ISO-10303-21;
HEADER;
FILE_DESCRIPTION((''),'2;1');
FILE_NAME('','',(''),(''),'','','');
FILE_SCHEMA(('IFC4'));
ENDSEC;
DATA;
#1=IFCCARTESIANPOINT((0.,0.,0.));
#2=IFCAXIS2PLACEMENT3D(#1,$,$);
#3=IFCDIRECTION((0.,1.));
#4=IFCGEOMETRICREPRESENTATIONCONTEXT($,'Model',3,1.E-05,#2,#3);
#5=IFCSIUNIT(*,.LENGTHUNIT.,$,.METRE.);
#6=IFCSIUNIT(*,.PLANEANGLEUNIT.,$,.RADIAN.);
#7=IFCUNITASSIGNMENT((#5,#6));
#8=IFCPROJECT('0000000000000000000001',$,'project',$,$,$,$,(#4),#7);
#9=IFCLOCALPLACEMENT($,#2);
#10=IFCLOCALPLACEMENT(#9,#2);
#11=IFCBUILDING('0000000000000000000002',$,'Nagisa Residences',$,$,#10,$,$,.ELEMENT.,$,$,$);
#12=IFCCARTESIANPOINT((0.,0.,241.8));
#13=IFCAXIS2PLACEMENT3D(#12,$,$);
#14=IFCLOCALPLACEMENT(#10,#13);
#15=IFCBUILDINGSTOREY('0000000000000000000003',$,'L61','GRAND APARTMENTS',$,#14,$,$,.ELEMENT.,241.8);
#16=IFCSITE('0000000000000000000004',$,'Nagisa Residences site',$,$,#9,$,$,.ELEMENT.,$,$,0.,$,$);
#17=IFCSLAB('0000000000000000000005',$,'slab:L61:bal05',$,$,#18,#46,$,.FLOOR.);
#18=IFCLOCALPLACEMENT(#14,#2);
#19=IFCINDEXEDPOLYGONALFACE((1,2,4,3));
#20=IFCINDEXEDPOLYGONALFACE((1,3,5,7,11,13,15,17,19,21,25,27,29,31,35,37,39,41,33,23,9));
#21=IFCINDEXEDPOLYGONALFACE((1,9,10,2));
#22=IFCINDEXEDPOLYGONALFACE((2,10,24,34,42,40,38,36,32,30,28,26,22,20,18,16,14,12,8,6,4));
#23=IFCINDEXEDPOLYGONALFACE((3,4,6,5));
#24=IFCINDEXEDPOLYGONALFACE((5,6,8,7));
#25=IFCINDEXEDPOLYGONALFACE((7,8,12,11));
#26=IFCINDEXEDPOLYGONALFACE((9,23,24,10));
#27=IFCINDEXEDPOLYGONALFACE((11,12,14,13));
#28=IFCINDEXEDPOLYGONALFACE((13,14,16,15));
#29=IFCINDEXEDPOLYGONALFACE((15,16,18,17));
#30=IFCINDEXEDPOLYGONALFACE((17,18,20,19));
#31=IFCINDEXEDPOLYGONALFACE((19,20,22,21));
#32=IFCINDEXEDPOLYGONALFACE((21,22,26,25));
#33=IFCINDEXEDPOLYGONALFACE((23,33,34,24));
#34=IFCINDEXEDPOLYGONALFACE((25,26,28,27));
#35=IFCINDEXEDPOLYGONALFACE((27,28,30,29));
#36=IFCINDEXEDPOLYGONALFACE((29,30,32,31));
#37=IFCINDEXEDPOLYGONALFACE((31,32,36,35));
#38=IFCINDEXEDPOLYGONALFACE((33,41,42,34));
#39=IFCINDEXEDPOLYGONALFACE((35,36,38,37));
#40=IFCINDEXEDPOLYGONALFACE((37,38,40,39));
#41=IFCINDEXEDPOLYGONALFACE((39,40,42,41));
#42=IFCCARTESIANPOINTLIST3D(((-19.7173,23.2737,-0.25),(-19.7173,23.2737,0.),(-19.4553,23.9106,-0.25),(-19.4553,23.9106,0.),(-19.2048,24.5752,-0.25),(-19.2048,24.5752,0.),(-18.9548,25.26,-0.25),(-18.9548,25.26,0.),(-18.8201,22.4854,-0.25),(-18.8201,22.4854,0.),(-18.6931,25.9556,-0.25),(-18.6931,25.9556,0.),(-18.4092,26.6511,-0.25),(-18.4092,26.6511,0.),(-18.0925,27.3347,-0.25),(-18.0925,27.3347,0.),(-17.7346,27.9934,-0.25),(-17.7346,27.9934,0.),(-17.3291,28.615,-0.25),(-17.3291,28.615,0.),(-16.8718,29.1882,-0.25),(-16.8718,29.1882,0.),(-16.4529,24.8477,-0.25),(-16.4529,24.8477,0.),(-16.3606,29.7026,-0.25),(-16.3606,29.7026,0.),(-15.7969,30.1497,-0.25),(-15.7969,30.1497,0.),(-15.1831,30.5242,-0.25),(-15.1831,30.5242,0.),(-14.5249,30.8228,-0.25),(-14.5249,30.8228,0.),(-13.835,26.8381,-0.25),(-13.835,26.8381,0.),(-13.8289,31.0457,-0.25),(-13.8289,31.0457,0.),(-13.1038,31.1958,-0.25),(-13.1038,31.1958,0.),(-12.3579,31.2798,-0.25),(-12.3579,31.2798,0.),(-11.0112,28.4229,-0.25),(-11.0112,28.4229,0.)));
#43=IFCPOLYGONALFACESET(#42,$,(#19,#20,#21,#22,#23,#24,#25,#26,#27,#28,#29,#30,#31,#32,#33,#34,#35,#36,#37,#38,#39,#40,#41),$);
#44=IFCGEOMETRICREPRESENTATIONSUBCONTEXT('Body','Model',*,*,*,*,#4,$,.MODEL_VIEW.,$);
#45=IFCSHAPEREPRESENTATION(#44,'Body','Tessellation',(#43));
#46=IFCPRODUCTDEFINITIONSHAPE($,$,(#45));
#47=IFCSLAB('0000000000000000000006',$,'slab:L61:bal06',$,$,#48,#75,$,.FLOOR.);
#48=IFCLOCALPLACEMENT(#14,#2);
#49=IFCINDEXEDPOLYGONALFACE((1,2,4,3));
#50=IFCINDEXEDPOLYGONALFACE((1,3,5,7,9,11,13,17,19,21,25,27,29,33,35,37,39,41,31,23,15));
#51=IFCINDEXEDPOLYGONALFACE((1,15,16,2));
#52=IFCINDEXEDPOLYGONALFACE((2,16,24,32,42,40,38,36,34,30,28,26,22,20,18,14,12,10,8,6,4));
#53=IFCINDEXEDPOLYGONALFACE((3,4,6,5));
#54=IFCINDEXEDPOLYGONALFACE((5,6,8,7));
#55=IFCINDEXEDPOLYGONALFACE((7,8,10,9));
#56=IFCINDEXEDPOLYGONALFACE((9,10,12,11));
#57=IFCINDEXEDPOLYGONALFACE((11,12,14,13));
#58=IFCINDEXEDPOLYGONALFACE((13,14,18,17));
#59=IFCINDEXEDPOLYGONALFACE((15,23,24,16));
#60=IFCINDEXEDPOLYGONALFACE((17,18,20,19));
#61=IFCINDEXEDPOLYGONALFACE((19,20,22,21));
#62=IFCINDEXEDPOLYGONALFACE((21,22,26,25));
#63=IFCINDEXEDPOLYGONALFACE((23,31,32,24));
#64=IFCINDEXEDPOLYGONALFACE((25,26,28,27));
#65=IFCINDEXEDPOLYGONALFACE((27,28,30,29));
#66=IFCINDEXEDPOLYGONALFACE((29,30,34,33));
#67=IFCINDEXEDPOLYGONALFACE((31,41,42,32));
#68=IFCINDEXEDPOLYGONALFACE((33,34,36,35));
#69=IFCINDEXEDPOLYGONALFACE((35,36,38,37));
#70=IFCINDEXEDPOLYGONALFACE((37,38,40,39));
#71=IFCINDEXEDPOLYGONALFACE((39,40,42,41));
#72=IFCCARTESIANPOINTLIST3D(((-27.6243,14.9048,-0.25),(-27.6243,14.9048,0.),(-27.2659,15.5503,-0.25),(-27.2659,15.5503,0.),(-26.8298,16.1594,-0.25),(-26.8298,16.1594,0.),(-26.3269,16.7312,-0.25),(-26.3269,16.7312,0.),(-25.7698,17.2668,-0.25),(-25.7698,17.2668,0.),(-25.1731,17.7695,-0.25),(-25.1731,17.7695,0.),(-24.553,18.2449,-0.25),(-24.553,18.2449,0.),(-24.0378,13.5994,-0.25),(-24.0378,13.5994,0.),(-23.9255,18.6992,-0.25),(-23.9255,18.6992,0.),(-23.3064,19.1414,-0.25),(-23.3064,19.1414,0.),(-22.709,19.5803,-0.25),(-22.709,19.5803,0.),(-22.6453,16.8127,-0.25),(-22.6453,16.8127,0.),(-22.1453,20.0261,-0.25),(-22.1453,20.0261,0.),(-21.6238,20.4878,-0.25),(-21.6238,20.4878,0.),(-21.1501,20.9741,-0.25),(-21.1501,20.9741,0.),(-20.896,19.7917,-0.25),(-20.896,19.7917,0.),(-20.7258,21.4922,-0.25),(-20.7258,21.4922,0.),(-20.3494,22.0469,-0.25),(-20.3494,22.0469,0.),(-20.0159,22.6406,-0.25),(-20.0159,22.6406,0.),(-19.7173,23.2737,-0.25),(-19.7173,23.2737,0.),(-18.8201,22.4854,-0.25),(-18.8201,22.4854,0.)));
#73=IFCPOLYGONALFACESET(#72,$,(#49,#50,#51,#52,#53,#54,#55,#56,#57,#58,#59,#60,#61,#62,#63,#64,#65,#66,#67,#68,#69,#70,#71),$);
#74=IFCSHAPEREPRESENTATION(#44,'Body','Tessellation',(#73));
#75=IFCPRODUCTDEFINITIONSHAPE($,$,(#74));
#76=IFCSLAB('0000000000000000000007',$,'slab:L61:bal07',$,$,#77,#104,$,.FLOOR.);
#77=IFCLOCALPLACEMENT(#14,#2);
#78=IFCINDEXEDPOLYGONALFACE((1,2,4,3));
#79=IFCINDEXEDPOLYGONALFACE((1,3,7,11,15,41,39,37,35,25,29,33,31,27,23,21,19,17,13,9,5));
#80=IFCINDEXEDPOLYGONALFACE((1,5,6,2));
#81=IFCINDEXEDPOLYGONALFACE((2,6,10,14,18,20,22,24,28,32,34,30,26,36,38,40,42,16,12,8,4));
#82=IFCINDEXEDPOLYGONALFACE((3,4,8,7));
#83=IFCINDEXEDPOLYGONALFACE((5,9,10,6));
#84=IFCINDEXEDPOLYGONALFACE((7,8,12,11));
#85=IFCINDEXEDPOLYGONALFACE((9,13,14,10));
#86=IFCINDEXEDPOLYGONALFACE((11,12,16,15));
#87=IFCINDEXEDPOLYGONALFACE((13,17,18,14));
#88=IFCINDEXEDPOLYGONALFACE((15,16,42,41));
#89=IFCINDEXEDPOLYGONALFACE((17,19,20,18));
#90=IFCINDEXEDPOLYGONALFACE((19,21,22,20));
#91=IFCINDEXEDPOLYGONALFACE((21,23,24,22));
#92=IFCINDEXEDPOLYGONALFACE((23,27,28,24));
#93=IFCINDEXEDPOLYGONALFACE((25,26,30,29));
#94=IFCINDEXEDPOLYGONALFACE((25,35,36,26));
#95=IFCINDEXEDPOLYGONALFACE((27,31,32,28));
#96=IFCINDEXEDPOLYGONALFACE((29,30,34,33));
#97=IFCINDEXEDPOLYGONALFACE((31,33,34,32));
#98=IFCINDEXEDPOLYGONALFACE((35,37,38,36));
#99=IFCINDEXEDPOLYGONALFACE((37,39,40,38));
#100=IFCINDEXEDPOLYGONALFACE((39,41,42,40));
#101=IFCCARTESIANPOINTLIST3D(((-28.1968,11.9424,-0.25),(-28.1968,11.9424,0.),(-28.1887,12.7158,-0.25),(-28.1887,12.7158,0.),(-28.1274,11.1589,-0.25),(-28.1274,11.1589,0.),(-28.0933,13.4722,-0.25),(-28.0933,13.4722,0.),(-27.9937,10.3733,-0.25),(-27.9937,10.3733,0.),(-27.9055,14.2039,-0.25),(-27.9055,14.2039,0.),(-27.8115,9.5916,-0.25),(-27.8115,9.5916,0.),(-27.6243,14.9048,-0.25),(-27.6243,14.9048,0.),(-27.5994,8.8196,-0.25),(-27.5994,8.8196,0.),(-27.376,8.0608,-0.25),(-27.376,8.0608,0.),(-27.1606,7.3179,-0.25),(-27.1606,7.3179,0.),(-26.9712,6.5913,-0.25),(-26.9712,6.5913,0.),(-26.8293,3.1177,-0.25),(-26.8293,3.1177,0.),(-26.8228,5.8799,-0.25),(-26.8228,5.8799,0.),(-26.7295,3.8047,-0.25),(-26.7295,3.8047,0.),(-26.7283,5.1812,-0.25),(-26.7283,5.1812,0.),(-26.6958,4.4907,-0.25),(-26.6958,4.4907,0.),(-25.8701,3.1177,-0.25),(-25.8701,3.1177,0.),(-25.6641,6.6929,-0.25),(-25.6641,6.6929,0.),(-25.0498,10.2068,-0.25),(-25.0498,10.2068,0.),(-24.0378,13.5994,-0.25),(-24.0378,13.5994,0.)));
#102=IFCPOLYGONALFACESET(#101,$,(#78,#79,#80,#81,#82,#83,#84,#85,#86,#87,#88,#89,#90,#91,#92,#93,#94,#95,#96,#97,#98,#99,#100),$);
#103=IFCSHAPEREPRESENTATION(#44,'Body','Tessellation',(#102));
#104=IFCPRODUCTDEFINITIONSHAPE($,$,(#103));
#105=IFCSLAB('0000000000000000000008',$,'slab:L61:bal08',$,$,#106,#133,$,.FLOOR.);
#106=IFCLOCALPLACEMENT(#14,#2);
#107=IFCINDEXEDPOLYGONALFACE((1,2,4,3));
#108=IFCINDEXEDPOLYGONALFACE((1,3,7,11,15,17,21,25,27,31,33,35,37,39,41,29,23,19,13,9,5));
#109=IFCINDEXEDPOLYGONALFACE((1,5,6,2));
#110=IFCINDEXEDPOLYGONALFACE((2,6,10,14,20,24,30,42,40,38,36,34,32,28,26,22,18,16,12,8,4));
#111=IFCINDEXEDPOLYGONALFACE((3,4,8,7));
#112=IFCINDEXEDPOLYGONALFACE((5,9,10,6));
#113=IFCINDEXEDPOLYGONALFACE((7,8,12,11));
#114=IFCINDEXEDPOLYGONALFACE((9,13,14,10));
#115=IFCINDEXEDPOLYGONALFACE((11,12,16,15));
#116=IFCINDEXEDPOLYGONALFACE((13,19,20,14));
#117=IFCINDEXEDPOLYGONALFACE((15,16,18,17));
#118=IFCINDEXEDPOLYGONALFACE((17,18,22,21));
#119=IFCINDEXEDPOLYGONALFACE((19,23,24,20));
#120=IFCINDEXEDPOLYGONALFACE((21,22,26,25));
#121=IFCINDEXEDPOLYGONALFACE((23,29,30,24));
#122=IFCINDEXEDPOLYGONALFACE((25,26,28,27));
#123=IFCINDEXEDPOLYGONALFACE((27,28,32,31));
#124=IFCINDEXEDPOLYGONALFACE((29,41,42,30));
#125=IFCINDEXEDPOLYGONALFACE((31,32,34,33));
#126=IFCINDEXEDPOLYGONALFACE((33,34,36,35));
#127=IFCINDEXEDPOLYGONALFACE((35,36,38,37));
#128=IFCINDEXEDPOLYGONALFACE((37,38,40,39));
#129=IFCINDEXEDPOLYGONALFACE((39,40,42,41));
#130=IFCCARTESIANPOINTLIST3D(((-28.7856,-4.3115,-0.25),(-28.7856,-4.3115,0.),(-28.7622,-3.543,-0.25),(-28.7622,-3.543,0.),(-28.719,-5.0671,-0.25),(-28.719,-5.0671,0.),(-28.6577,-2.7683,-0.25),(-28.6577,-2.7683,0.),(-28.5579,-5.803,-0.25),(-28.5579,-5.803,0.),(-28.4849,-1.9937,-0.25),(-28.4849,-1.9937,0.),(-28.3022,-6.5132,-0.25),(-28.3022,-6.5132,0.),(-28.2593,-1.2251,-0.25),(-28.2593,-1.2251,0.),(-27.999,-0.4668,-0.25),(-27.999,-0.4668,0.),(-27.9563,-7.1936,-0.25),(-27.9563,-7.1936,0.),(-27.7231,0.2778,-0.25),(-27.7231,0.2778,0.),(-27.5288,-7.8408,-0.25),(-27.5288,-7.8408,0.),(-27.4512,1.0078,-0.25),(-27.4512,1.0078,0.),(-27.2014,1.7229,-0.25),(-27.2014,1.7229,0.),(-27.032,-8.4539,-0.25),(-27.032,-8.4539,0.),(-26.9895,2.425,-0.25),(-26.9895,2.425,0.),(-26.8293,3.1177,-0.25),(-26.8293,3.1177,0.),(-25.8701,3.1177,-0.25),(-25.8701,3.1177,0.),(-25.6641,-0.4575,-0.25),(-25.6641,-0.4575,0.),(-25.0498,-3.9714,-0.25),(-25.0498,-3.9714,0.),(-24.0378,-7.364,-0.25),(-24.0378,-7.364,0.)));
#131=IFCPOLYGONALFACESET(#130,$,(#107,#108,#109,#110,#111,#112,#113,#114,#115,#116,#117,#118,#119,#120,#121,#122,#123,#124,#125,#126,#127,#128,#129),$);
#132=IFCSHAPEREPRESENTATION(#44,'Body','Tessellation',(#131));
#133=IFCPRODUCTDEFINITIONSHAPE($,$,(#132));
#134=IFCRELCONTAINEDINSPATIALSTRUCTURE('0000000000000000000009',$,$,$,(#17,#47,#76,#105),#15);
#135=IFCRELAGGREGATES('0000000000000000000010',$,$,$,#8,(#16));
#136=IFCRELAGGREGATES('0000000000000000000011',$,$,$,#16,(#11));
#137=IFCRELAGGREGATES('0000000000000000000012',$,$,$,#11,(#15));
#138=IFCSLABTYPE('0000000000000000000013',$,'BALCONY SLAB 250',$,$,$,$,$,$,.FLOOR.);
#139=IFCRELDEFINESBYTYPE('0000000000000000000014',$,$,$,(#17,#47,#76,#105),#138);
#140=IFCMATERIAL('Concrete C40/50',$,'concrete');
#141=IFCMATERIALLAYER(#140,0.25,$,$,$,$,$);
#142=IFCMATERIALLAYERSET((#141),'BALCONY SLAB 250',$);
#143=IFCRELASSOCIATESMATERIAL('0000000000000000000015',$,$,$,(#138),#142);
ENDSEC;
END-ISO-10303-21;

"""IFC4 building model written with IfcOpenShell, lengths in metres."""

from ifc_helpers import new_model, si_unit, direction, frame, origin, place, context, subcontext, project, spatial, polyline, outline, extrude, material, layer, layer_set, type_object, element, save


model = new_model("IFC4")

# Units and contexts
model_context = context("Model", 3, precision=1e-05, world=origin(), true_north=direction((0.0, 1.0)))
body_context = subcontext(model_context, "Body", "Model", "MODEL_VIEW")
ifc_project = project(units=[si_unit("LENGTHUNIT", "METRE"), si_unit("PLANEANGLEUNIT", "RADIAN")], contexts=[model_context])

# Site, building, storey
site_placement = place(None, origin())
site = spatial("IfcSite", under=ifc_project, at=site_placement, Name="Nagisa Residences site", CompositionType="ELEMENT", RefElevation=0.0)
building_placement = place(site_placement, origin())
building = spatial("IfcBuilding", under=site, at=building_placement, Name="Nagisa Residences", CompositionType="ELEMENT")
storey_placement = place(building_placement, frame((0.0, 0.0, 241.8)))
storey = spatial("IfcBuildingStorey", under=building, at=storey_placement, Name="L61", Description="GRAND APARTMENTS", CompositionType="ELEMENT", Elevation=241.8)

# Slabs
ifc_material_1 = material(Name="Concrete C40/50", Category="concrete")
ifc_layer_1 = layer(ifc_material_1, 0.25)
ifc_layer_set_1 = layer_set([ifc_layer_1], Name="BALCONY SLAB 250")
slab_type_1 = type_object("IfcSlabType", Name="BALCONY SLAB 250", PredefinedType="FLOOR", material=ifc_layer_set_1)
slab_1_placement = place(storey_placement, frame((0.0, 0.0, -0.25)))
element("IfcSlab", 1, at=slab_1_placement, inside=storey, type_object=slab_type_1, Name="slab:L61:bal05", PredefinedType="FLOOR", context=body_context, shape_type="SweptSolid", body=[
    extrude(outline(polyline([(-12.3579, 31.2798), (-13.1038, 31.1958), (-13.8289, 31.0457), (-14.5249, 30.8228), (-15.1831, 30.5242), (-15.7969, 30.1497), (-16.3606, 29.7026), (-16.8718, 29.1882), (-17.3291, 28.615), (-17.7346, 27.9934), (-18.0925, 27.3347), (-18.4092, 26.6511), (-18.6931, 25.9556), (-18.9548, 25.26), (-19.2048, 24.5752), (-19.4553, 23.9106), (-19.7173, 23.2737), (-18.8201, 22.4854), (-16.4529, 24.8477), (-13.835, 26.8381), (-11.0112, 28.4229), (-12.3579, 31.2798)])), origin(), (0.0, 0.0, 1.0), 0.25),
])
slab_2_placement = place(storey_placement, frame((0.0, 0.0, -0.25)))
element("IfcSlab", 2, at=slab_2_placement, inside=storey, type_object=slab_type_1, Name="slab:L61:bal06", PredefinedType="FLOOR", context=body_context, shape_type="SweptSolid", body=[
    extrude(outline(polyline([(-19.7173, 23.2737), (-20.0159, 22.6406), (-20.3494, 22.0469), (-20.7258, 21.4922), (-21.1501, 20.9741), (-21.6238, 20.4878), (-22.1453, 20.0261), (-22.709, 19.5803), (-23.3064, 19.1414), (-23.9255, 18.6992), (-24.553, 18.2449), (-25.1731, 17.7695), (-25.7698, 17.2668), (-26.3269, 16.7312), (-26.8298, 16.1594), (-27.2659, 15.5503), (-27.6243, 14.9048), (-24.0378, 13.5994), (-22.6453, 16.8127), (-20.896, 19.7917), (-18.8201, 22.4854), (-19.7173, 23.2737)])), origin(), (0.0, 0.0, 1.0), 0.25),
])
slab_3_placement = place(storey_placement, frame((0.0, 0.0, -0.25)))
element("IfcSlab", 3, at=slab_3_placement, inside=storey, type_object=slab_type_1, Name="slab:L61:bal07", PredefinedType="FLOOR", context=body_context, shape_type="SweptSolid", body=[
    extrude(outline(polyline([(-27.6243, 14.9048), (-27.9055, 14.2039), (-28.0933, 13.4722), (-28.1887, 12.7158), (-28.1968, 11.9424), (-28.1274, 11.1589), (-27.9937, 10.3733), (-27.8115, 9.5916), (-27.5994, 8.8196), (-27.376, 8.0608), (-27.1606, 7.3179), (-26.9712, 6.5913), (-26.8228, 5.8799), (-26.7283, 5.1812), (-26.6958, 4.4907), (-26.7295, 3.8047), (-26.8293, 3.1177), (-25.8701, 3.1177), (-25.6641, 6.6929), (-25.0498, 10.2068), (-24.0378, 13.5994), (-27.6243, 14.9048)])), origin(), (0.0, 0.0, 1.0), 0.25),
])
slab_4_placement = place(storey_placement, frame((0.0, 0.0, -0.25)))
element("IfcSlab", 4, at=slab_4_placement, inside=storey, type_object=slab_type_1, Name="slab:L61:bal08", PredefinedType="FLOOR", context=body_context, shape_type="SweptSolid", body=[
    extrude(outline(polyline([(-26.8293, 3.1177), (-26.9895, 2.425), (-27.2014, 1.7229), (-27.4512, 1.0078), (-27.7231, 0.2778), (-27.999, -0.4668), (-28.2593, -1.2251), (-28.4849, -1.9937), (-28.6577, -2.7683), (-28.7622, -3.543), (-28.7856, -4.3115), (-28.719, -5.0671), (-28.5579, -5.803), (-28.3022, -6.5132), (-27.9563, -7.1936), (-27.5288, -7.8408), (-27.032, -8.4539), (-24.0378, -7.364), (-25.0498, -3.9714), (-25.6641, -0.4575), (-25.8701, 3.1177), (-26.8293, 3.1177)])), origin(), (0.0, 0.0, 1.0), 0.25),
])

save(model, "model.ifc")
